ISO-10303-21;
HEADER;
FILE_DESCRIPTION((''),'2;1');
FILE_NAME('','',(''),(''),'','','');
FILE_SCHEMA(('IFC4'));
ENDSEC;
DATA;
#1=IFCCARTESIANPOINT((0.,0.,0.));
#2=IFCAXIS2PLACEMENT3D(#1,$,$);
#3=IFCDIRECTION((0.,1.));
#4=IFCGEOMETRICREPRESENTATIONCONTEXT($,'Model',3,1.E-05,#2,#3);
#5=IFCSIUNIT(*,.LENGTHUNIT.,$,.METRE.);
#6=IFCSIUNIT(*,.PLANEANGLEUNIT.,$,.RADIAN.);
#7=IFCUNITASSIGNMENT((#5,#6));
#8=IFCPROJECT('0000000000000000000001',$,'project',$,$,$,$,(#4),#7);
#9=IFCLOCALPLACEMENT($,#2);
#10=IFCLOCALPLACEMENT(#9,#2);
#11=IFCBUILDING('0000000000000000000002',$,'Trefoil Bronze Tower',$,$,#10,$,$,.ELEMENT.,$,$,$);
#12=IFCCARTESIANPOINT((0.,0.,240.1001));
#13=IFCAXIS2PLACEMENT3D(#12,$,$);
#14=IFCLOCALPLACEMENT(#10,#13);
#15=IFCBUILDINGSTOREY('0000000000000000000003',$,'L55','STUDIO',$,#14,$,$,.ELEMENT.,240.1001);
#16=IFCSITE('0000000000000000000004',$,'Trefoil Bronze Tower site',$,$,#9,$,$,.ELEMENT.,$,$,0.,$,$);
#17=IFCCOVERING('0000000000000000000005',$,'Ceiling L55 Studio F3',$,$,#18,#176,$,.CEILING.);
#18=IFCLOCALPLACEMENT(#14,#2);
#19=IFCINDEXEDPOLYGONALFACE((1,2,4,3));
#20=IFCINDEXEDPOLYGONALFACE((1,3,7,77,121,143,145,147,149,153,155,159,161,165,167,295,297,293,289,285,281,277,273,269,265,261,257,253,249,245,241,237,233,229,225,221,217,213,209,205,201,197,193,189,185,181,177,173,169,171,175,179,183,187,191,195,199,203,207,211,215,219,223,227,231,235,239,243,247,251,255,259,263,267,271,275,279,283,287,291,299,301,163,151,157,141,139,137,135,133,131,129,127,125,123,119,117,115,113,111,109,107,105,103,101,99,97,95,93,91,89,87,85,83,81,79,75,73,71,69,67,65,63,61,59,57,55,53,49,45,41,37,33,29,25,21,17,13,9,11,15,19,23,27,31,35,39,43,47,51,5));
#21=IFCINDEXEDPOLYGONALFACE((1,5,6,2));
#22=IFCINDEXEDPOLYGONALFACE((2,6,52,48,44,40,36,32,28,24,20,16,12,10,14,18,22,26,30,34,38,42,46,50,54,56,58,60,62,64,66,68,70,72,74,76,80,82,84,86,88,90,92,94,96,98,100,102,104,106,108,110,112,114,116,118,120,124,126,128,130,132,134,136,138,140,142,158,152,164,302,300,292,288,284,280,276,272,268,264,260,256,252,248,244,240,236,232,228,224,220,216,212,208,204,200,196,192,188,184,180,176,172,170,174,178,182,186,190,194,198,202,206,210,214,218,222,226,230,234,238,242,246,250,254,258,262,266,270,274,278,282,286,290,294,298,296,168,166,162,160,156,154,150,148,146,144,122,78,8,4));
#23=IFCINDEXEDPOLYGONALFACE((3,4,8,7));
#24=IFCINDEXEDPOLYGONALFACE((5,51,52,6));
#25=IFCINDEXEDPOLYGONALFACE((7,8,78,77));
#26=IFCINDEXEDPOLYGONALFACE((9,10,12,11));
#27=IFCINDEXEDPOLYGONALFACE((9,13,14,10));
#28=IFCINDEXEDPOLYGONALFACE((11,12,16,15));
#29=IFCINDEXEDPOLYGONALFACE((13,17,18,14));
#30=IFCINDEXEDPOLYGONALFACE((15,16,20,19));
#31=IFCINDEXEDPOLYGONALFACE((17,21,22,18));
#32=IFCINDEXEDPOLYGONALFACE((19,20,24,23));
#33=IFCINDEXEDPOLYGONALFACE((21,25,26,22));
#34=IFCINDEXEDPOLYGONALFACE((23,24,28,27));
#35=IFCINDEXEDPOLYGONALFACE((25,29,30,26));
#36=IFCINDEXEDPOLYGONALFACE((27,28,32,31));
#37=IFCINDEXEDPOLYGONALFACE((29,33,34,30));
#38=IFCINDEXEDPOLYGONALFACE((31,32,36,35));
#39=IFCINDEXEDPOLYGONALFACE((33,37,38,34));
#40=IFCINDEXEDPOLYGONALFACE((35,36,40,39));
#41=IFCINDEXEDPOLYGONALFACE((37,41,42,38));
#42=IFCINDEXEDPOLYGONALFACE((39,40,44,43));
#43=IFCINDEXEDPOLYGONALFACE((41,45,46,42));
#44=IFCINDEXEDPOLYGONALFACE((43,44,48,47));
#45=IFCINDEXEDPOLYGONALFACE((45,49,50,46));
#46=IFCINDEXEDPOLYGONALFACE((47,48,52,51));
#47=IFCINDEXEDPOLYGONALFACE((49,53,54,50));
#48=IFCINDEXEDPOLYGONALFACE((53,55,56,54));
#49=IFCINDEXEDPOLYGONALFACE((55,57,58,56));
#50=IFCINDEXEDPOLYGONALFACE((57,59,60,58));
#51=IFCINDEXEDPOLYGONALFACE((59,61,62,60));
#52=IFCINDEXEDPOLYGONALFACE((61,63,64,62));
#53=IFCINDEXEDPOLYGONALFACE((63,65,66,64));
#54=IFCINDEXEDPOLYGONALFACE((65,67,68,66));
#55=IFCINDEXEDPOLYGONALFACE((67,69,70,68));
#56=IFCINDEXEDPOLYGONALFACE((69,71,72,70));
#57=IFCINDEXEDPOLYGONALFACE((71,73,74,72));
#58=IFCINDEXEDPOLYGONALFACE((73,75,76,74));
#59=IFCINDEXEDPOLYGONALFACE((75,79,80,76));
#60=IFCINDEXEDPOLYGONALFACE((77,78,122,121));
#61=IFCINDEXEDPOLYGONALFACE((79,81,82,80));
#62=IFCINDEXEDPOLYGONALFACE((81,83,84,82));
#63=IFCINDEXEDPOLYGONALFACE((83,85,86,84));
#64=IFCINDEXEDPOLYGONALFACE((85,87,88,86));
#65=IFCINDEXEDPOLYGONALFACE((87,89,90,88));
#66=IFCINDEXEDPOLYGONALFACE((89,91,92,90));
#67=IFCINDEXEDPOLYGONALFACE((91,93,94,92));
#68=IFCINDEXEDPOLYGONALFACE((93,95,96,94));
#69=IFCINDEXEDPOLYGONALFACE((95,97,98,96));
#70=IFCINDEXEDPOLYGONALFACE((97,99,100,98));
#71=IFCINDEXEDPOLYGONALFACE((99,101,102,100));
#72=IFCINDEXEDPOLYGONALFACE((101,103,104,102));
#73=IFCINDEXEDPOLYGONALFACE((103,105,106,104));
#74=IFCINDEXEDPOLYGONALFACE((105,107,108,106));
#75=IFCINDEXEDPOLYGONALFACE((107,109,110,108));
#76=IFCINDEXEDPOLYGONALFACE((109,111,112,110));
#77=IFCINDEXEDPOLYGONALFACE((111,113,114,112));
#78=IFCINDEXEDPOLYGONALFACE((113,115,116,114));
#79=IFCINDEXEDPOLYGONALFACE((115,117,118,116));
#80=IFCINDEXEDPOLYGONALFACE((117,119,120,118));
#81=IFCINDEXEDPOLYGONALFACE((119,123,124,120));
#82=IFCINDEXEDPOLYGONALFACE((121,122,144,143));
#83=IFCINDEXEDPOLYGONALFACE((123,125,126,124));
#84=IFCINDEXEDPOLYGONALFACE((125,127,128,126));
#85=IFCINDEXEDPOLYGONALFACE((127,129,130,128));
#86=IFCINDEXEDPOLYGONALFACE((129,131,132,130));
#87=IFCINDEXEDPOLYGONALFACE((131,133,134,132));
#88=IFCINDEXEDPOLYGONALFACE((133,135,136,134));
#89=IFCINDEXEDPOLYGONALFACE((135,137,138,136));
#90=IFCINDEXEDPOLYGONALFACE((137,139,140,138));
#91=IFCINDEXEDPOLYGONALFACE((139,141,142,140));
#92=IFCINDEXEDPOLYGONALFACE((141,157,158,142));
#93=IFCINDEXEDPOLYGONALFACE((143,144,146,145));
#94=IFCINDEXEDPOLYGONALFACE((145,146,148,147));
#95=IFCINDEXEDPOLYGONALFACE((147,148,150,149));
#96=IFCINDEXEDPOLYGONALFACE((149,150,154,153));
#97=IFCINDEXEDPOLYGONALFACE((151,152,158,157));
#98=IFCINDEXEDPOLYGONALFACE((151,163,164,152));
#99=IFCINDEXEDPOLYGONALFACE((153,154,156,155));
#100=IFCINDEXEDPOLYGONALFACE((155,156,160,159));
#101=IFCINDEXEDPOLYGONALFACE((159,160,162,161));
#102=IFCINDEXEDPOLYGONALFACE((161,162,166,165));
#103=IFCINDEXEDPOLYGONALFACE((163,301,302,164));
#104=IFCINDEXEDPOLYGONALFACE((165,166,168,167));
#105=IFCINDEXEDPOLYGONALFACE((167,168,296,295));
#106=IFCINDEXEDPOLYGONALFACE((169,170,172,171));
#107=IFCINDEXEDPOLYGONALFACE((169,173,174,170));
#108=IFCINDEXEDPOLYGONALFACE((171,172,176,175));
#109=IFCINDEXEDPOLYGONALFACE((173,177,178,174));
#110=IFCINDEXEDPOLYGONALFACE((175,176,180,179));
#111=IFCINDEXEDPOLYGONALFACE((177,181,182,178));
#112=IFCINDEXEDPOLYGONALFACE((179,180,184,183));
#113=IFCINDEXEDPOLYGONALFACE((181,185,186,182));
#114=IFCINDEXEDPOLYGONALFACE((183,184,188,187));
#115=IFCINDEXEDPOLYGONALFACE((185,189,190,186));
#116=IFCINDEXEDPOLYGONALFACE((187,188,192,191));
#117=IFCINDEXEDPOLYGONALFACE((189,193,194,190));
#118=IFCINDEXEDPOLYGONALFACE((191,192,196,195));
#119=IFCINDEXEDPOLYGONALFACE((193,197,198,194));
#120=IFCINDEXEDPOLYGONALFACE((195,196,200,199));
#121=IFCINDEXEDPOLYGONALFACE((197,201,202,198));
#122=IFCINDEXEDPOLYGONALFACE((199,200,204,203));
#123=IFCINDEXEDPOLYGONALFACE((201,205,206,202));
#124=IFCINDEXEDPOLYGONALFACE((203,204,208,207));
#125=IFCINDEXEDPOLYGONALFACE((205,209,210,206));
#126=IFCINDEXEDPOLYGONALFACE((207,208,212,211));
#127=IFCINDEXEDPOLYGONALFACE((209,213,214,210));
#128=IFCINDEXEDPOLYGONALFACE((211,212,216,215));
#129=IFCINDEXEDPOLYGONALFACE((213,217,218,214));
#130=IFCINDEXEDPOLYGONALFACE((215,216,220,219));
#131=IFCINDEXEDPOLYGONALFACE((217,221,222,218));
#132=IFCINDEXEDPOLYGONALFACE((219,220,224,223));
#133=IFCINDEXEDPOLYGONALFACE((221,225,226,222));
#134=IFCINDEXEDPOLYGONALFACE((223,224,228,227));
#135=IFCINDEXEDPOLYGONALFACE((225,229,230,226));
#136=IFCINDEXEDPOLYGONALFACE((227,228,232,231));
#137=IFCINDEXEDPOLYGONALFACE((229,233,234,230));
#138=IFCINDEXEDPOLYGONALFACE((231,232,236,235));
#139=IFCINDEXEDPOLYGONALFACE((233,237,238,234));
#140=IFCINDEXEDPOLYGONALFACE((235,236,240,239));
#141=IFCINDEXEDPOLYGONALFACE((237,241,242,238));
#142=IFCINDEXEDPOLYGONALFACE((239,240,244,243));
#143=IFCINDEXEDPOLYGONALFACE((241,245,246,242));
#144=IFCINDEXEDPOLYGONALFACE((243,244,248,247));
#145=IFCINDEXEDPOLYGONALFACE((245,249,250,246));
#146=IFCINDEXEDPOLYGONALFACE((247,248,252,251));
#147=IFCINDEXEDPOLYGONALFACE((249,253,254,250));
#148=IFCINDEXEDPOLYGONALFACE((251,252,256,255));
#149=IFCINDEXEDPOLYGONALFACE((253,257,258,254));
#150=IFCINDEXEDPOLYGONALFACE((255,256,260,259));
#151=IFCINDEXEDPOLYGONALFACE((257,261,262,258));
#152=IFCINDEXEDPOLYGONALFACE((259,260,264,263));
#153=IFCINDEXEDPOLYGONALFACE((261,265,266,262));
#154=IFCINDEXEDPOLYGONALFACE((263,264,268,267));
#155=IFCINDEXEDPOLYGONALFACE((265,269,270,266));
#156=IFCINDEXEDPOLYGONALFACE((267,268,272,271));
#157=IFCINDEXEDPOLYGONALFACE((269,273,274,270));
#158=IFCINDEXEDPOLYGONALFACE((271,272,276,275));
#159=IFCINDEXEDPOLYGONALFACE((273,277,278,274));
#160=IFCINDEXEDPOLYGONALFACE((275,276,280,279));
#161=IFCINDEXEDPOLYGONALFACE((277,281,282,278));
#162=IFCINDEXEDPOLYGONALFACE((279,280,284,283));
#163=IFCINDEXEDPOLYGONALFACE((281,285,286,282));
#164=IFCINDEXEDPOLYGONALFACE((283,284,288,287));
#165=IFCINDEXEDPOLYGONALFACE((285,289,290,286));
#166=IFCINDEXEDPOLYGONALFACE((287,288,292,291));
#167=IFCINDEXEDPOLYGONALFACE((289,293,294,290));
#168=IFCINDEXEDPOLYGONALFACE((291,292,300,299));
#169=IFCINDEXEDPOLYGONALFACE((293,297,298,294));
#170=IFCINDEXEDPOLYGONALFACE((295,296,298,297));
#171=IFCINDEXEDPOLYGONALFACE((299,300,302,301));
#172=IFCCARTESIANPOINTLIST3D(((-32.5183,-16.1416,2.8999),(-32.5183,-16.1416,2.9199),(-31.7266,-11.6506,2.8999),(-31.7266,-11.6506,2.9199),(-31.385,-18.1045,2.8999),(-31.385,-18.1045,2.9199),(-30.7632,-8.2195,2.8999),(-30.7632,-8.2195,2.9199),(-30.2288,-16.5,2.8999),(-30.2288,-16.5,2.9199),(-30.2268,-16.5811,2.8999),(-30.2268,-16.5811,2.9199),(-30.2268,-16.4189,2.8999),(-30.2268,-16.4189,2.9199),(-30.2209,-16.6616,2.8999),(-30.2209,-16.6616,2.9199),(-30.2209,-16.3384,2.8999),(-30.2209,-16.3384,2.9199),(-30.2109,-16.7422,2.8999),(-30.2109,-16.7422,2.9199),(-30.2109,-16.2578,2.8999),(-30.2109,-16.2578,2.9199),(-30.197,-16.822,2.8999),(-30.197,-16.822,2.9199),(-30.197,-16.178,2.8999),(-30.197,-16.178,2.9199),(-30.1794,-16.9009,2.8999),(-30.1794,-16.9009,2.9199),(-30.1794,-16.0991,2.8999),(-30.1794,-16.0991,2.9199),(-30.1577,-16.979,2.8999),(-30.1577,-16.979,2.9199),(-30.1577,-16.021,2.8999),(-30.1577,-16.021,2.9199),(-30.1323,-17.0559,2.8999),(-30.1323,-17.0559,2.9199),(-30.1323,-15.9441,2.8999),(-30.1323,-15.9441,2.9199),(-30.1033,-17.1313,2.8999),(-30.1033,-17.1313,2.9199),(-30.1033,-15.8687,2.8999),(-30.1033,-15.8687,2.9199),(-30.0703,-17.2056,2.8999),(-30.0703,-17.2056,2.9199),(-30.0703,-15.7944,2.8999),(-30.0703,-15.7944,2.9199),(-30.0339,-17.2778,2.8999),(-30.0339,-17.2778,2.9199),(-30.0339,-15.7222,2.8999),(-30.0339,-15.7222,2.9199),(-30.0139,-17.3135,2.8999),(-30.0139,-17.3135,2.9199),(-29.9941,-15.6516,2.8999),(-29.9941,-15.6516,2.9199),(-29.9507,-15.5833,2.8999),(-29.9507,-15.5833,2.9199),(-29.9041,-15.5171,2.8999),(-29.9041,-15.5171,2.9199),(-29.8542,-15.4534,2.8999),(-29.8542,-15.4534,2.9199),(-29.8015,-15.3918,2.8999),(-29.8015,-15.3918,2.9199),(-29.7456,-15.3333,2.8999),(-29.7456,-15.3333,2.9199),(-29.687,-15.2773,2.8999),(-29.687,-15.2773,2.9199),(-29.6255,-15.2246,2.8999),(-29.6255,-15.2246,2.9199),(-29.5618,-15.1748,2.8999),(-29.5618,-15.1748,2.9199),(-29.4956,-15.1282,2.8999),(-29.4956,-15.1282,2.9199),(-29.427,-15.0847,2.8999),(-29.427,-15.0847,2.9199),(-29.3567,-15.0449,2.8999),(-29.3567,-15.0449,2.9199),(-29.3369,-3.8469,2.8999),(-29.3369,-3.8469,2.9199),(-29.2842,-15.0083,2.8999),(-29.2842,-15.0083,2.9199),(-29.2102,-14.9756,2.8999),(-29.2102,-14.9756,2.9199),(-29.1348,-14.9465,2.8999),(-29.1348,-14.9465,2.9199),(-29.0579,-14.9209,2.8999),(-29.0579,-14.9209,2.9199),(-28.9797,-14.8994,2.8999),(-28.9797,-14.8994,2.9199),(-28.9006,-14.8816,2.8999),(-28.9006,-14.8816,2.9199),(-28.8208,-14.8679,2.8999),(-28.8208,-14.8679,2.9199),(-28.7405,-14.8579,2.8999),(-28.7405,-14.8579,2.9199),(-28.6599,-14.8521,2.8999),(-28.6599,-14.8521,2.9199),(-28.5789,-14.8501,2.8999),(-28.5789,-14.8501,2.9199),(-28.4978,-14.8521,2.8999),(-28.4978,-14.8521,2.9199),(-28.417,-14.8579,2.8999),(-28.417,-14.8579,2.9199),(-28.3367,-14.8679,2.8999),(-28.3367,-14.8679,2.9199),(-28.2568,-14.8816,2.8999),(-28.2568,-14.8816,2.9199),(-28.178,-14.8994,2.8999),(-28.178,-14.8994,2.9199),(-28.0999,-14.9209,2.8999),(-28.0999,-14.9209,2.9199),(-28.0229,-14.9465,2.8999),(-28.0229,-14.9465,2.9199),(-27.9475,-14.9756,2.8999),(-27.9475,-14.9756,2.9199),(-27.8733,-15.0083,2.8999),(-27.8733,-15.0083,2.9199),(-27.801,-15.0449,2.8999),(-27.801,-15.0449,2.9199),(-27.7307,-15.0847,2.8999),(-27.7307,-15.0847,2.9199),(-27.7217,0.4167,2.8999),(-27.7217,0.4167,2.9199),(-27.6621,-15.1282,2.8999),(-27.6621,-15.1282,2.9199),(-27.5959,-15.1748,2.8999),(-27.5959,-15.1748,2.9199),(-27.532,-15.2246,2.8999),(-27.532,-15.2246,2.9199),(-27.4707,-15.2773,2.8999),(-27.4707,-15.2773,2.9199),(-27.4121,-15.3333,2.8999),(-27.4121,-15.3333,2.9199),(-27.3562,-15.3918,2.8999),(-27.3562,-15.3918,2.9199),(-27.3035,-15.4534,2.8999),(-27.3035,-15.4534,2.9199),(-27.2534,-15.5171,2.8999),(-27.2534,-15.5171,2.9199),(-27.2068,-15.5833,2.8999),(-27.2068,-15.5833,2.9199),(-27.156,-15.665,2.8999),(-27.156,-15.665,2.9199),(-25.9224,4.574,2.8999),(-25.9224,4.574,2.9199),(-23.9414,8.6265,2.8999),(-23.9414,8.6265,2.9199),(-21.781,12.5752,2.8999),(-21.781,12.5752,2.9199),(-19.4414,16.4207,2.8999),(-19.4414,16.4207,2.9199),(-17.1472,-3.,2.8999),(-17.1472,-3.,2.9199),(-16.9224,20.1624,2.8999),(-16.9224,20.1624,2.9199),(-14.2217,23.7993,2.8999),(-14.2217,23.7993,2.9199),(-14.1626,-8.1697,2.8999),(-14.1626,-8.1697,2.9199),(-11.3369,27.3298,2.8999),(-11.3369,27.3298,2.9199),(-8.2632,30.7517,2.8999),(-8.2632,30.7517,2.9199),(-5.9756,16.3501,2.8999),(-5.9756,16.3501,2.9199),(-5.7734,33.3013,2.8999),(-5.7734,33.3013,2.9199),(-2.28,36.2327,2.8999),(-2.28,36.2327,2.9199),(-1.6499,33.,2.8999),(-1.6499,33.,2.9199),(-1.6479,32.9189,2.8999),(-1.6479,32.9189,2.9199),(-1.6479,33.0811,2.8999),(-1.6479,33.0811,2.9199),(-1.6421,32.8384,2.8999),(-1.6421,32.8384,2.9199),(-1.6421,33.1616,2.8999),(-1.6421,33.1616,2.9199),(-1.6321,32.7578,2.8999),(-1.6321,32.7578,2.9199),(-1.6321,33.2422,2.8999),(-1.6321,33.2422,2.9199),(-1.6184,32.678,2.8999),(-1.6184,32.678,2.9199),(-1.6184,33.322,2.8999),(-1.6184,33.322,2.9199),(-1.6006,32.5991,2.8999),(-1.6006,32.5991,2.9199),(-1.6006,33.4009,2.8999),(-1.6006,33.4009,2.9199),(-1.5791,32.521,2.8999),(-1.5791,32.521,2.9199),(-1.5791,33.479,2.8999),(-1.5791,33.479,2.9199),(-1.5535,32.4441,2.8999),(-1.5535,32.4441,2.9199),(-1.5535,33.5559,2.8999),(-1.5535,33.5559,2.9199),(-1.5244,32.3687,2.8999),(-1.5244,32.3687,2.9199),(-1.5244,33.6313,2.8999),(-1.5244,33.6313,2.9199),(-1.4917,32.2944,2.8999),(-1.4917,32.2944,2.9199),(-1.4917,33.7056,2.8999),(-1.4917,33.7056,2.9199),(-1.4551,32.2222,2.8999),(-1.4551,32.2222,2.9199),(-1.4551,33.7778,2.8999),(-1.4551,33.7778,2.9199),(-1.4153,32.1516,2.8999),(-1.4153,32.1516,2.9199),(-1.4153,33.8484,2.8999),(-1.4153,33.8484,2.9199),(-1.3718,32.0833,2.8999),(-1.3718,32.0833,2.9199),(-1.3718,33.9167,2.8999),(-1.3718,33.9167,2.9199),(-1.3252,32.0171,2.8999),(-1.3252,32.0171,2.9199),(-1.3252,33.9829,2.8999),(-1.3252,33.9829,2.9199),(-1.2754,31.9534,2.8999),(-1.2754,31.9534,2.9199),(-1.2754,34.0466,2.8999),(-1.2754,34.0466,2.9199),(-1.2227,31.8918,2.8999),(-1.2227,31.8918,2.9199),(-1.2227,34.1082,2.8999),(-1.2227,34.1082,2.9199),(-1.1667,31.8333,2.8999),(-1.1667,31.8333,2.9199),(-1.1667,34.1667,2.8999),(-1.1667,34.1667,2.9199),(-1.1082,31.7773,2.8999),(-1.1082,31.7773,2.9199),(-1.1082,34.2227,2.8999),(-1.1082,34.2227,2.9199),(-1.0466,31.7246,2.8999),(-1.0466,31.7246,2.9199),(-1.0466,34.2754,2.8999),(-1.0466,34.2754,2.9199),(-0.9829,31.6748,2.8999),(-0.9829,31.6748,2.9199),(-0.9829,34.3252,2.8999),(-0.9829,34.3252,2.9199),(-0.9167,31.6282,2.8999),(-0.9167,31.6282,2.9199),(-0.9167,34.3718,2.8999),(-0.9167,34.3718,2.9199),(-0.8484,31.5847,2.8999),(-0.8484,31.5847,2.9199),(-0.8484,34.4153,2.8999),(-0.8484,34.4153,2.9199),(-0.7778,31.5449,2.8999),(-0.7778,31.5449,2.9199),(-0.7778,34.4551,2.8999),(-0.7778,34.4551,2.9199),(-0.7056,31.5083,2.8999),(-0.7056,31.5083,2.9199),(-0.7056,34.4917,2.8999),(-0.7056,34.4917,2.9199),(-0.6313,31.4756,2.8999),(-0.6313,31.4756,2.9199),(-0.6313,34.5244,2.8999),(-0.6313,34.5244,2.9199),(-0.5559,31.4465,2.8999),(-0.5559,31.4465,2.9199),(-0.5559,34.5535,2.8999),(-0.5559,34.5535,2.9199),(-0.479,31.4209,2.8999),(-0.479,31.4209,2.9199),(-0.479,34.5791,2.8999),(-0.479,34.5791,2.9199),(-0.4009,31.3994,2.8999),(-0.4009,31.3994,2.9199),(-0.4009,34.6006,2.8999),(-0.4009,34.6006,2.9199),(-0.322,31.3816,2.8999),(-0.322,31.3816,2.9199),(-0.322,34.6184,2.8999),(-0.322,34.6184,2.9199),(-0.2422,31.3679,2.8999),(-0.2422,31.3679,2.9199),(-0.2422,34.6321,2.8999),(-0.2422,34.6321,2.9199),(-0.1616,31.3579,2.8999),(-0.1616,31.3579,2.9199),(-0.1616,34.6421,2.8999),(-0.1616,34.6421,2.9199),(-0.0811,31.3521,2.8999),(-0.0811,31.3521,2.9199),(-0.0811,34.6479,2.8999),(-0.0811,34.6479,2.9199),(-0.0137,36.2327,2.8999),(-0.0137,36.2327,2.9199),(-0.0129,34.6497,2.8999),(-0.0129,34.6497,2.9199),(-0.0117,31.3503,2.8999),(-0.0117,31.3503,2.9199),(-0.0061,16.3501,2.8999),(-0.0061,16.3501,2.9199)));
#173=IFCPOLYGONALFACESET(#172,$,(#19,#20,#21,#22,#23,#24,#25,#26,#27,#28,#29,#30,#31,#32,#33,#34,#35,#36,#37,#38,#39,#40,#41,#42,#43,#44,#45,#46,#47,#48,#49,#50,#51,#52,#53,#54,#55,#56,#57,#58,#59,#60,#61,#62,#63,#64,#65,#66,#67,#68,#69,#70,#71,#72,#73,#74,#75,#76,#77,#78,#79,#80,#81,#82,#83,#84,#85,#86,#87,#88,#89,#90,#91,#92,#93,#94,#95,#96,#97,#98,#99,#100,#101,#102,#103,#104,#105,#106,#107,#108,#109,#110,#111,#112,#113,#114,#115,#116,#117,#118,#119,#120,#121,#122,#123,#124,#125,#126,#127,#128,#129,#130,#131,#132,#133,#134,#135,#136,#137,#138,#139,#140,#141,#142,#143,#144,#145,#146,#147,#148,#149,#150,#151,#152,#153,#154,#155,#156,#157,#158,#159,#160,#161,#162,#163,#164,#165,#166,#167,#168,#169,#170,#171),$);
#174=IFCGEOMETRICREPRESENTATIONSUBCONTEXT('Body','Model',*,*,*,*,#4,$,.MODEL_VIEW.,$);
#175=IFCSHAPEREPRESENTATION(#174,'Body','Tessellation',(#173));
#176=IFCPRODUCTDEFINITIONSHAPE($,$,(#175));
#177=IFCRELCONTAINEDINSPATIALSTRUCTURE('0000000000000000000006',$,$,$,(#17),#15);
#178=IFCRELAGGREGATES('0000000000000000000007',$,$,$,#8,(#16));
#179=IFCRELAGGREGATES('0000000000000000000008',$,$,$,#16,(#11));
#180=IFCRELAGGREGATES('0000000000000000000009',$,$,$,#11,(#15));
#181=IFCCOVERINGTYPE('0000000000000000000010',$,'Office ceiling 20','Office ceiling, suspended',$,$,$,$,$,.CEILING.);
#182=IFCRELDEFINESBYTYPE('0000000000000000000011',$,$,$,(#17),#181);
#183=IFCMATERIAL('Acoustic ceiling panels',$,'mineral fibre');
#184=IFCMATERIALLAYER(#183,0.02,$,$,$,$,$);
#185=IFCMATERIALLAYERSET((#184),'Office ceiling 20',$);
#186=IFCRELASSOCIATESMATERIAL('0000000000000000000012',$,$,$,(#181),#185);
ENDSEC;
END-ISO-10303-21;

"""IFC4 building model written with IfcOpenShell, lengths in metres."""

from ifc_helpers import new_model, si_unit, direction, frame, origin, place, context, subcontext, project, spatial, polyline, outline, extrude, material, layer, layer_set, type_object, element, save


model = new_model("IFC4")

# Units and contexts
model_context = context("Model", 3, precision=1e-05, world=origin(), true_north=direction((0.0, 1.0)))
body_context = subcontext(model_context, "Body", "Model", "MODEL_VIEW")
ifc_project = project(units=[si_unit("LENGTHUNIT", "METRE"), si_unit("PLANEANGLEUNIT", "RADIAN")], contexts=[model_context])

# Site, building, storey
site_placement = place(None, origin())
site = spatial("IfcSite", under=ifc_project, at=site_placement, Name="Trefoil Bronze Tower site", CompositionType="ELEMENT", RefElevation=0.0)
building_placement = place(site_placement, origin())
building = spatial("IfcBuilding", under=site, at=building_placement, Name="Trefoil Bronze Tower", CompositionType="ELEMENT")
storey_placement = place(building_placement, frame((0.0, 0.0, 240.1001)))
storey = spatial("IfcBuildingStorey", under=building, at=storey_placement, Name="L55", Description="STUDIO", CompositionType="ELEMENT", Elevation=240.1001)

# Covering
ifc_material_1 = material(Name="Acoustic ceiling panels", Category="mineral fibre")
ifc_layer_1 = layer(ifc_material_1, 0.02)
ifc_layer_set_1 = layer_set([ifc_layer_1], Name="Office ceiling 20")
covering_type_1 = type_object("IfcCoveringType", Name="Office ceiling 20", Description="Office ceiling, suspended", PredefinedType="CEILING", material=ifc_layer_set_1)
covering_1_placement = place(storey_placement, frame((0.0, 0.0, 2.8999)))
element("IfcCovering", 1, at=covering_1_placement, inside=storey, type_object=covering_type_1, Name="Ceiling L55 Studio F3", PredefinedType="CEILING", context=body_context, shape_type="SweptSolid", body=[
    extrude(outline(polyline([(-30.7632, -8.2195), (-29.3369, -3.8469), (-27.7217, 0.4167), (-25.9224, 4.574), (-23.9414, 8.6265), (-21.781, 12.5752), (-19.4414, 16.4207), (-16.9224, 20.1624), (-14.2217, 23.7993), (-11.3369, 27.3298), (-8.2632, 30.7517), (-5.7734, 33.3013), (-2.28, 36.2327), (-0.0137, 36.2327), (-0.0129, 34.6497), (-0.0811, 34.6479), (-0.1616, 34.6421), (-0.2422, 34.6321), (-0.322, 34.6184), (-0.4009, 34.6006), (-0.479, 34.5791), (-0.5559, 34.5535), (-0.6313, 34.5244), (-0.7056, 34.4917), (-0.7778, 34.4551), (-0.8484, 34.4153), (-0.9167, 34.3718), (-0.9829, 34.3252), (-1.0466, 34.2754), (-1.1082, 34.2227), (-1.1667, 34.1667), (-1.2227, 34.1082), (-1.2754, 34.0466), (-1.3252, 33.9829), (-1.3718, 33.9167), (-1.4153, 33.8484), (-1.4551, 33.7778), (-1.4917, 33.7056), (-1.5244, 33.6313), (-1.5535, 33.5559), (-1.5791, 33.479), (-1.6006, 33.4009), (-1.6184, 33.322), (-1.6321, 33.2422), (-1.6421, 33.1616), (-1.6479, 33.0811), (-1.6499, 33.0), (-1.6479, 32.9189), (-1.6421, 32.8384), (-1.6321, 32.7578), (-1.6184, 32.678), (-1.6006, 32.5991), (-1.5791, 32.521), (-1.5535, 32.4441), (-1.5244, 32.3687), (-1.4917, 32.2944), (-1.4551, 32.2222), (-1.4153, 32.1516), (-1.3718, 32.0833), (-1.3252, 32.0171), (-1.2754, 31.9534), (-1.2227, 31.8918), (-1.1667, 31.8333), (-1.1082, 31.7773), (-1.0466, 31.7246), (-0.9829, 31.6748), (-0.9167, 31.6282), (-0.8484, 31.5847), (-0.7778, 31.5449), (-0.7056, 31.5083), (-0.6313, 31.4756), (-0.5559, 31.4465), (-0.479, 31.4209), (-0.4009, 31.3994), (-0.322, 31.3816), (-0.2422, 31.3679), (-0.1616, 31.3579), (-0.0811, 31.3521), (-0.0117, 31.3503), (-0.0061, 16.3501), (-5.9756, 16.3501), (-17.1472, -3.0), (-14.1626, -8.1697), (-27.156, -15.665), (-27.2068, -15.5833), (-27.2534, -15.5171), (-27.3035, -15.4534), (-27.3562, -15.3918), (-27.4121, -15.3333), (-27.4707, -15.2773), (-27.532, -15.2246), (-27.5959, -15.1748), (-27.6621, -15.1282), (-27.7307, -15.0847), (-27.801, -15.0449), (-27.8733, -15.0083), (-27.9475, -14.9756), (-28.0229, -14.9465), (-28.0999, -14.9209), (-28.178, -14.8994), (-28.2568, -14.8816), (-28.3367, -14.8679), (-28.417, -14.8579), (-28.4978, -14.8521), (-28.5789, -14.8501), (-28.6599, -14.8521), (-28.7405, -14.8579), (-28.8208, -14.8679), (-28.9006, -14.8816), (-28.9797, -14.8994), (-29.0579, -14.9209), (-29.1348, -14.9465), (-29.2102, -14.9756), (-29.2842, -15.0083), (-29.3567, -15.0449), (-29.427, -15.0847), (-29.4956, -15.1282), (-29.5618, -15.1748), (-29.6255, -15.2246), (-29.687, -15.2773), (-29.7456, -15.3333), (-29.8015, -15.3918), (-29.8542, -15.4534), (-29.9041, -15.5171), (-29.9507, -15.5833), (-29.9941, -15.6516), (-30.0339, -15.7222), (-30.0703, -15.7944), (-30.1033, -15.8687), (-30.1323, -15.9441), (-30.1577, -16.021), (-30.1794, -16.0991), (-30.197, -16.178), (-30.2109, -16.2578), (-30.2209, -16.3384), (-30.2268, -16.4189), (-30.2288, -16.5), (-30.2268, -16.5811), (-30.2209, -16.6616), (-30.2109, -16.7422), (-30.197, -16.822), (-30.1794, -16.9009), (-30.1577, -16.979), (-30.1323, -17.0559), (-30.1033, -17.1313), (-30.0703, -17.2056), (-30.0339, -17.2778), (-30.0139, -17.3135), (-31.385, -18.1045), (-32.5183, -16.1416), (-31.7266, -11.6506), (-30.7632, -8.2195)])), origin(), (0.0, 0.0, 1.0), 0.02),
])

save(model, "model.ifc")
